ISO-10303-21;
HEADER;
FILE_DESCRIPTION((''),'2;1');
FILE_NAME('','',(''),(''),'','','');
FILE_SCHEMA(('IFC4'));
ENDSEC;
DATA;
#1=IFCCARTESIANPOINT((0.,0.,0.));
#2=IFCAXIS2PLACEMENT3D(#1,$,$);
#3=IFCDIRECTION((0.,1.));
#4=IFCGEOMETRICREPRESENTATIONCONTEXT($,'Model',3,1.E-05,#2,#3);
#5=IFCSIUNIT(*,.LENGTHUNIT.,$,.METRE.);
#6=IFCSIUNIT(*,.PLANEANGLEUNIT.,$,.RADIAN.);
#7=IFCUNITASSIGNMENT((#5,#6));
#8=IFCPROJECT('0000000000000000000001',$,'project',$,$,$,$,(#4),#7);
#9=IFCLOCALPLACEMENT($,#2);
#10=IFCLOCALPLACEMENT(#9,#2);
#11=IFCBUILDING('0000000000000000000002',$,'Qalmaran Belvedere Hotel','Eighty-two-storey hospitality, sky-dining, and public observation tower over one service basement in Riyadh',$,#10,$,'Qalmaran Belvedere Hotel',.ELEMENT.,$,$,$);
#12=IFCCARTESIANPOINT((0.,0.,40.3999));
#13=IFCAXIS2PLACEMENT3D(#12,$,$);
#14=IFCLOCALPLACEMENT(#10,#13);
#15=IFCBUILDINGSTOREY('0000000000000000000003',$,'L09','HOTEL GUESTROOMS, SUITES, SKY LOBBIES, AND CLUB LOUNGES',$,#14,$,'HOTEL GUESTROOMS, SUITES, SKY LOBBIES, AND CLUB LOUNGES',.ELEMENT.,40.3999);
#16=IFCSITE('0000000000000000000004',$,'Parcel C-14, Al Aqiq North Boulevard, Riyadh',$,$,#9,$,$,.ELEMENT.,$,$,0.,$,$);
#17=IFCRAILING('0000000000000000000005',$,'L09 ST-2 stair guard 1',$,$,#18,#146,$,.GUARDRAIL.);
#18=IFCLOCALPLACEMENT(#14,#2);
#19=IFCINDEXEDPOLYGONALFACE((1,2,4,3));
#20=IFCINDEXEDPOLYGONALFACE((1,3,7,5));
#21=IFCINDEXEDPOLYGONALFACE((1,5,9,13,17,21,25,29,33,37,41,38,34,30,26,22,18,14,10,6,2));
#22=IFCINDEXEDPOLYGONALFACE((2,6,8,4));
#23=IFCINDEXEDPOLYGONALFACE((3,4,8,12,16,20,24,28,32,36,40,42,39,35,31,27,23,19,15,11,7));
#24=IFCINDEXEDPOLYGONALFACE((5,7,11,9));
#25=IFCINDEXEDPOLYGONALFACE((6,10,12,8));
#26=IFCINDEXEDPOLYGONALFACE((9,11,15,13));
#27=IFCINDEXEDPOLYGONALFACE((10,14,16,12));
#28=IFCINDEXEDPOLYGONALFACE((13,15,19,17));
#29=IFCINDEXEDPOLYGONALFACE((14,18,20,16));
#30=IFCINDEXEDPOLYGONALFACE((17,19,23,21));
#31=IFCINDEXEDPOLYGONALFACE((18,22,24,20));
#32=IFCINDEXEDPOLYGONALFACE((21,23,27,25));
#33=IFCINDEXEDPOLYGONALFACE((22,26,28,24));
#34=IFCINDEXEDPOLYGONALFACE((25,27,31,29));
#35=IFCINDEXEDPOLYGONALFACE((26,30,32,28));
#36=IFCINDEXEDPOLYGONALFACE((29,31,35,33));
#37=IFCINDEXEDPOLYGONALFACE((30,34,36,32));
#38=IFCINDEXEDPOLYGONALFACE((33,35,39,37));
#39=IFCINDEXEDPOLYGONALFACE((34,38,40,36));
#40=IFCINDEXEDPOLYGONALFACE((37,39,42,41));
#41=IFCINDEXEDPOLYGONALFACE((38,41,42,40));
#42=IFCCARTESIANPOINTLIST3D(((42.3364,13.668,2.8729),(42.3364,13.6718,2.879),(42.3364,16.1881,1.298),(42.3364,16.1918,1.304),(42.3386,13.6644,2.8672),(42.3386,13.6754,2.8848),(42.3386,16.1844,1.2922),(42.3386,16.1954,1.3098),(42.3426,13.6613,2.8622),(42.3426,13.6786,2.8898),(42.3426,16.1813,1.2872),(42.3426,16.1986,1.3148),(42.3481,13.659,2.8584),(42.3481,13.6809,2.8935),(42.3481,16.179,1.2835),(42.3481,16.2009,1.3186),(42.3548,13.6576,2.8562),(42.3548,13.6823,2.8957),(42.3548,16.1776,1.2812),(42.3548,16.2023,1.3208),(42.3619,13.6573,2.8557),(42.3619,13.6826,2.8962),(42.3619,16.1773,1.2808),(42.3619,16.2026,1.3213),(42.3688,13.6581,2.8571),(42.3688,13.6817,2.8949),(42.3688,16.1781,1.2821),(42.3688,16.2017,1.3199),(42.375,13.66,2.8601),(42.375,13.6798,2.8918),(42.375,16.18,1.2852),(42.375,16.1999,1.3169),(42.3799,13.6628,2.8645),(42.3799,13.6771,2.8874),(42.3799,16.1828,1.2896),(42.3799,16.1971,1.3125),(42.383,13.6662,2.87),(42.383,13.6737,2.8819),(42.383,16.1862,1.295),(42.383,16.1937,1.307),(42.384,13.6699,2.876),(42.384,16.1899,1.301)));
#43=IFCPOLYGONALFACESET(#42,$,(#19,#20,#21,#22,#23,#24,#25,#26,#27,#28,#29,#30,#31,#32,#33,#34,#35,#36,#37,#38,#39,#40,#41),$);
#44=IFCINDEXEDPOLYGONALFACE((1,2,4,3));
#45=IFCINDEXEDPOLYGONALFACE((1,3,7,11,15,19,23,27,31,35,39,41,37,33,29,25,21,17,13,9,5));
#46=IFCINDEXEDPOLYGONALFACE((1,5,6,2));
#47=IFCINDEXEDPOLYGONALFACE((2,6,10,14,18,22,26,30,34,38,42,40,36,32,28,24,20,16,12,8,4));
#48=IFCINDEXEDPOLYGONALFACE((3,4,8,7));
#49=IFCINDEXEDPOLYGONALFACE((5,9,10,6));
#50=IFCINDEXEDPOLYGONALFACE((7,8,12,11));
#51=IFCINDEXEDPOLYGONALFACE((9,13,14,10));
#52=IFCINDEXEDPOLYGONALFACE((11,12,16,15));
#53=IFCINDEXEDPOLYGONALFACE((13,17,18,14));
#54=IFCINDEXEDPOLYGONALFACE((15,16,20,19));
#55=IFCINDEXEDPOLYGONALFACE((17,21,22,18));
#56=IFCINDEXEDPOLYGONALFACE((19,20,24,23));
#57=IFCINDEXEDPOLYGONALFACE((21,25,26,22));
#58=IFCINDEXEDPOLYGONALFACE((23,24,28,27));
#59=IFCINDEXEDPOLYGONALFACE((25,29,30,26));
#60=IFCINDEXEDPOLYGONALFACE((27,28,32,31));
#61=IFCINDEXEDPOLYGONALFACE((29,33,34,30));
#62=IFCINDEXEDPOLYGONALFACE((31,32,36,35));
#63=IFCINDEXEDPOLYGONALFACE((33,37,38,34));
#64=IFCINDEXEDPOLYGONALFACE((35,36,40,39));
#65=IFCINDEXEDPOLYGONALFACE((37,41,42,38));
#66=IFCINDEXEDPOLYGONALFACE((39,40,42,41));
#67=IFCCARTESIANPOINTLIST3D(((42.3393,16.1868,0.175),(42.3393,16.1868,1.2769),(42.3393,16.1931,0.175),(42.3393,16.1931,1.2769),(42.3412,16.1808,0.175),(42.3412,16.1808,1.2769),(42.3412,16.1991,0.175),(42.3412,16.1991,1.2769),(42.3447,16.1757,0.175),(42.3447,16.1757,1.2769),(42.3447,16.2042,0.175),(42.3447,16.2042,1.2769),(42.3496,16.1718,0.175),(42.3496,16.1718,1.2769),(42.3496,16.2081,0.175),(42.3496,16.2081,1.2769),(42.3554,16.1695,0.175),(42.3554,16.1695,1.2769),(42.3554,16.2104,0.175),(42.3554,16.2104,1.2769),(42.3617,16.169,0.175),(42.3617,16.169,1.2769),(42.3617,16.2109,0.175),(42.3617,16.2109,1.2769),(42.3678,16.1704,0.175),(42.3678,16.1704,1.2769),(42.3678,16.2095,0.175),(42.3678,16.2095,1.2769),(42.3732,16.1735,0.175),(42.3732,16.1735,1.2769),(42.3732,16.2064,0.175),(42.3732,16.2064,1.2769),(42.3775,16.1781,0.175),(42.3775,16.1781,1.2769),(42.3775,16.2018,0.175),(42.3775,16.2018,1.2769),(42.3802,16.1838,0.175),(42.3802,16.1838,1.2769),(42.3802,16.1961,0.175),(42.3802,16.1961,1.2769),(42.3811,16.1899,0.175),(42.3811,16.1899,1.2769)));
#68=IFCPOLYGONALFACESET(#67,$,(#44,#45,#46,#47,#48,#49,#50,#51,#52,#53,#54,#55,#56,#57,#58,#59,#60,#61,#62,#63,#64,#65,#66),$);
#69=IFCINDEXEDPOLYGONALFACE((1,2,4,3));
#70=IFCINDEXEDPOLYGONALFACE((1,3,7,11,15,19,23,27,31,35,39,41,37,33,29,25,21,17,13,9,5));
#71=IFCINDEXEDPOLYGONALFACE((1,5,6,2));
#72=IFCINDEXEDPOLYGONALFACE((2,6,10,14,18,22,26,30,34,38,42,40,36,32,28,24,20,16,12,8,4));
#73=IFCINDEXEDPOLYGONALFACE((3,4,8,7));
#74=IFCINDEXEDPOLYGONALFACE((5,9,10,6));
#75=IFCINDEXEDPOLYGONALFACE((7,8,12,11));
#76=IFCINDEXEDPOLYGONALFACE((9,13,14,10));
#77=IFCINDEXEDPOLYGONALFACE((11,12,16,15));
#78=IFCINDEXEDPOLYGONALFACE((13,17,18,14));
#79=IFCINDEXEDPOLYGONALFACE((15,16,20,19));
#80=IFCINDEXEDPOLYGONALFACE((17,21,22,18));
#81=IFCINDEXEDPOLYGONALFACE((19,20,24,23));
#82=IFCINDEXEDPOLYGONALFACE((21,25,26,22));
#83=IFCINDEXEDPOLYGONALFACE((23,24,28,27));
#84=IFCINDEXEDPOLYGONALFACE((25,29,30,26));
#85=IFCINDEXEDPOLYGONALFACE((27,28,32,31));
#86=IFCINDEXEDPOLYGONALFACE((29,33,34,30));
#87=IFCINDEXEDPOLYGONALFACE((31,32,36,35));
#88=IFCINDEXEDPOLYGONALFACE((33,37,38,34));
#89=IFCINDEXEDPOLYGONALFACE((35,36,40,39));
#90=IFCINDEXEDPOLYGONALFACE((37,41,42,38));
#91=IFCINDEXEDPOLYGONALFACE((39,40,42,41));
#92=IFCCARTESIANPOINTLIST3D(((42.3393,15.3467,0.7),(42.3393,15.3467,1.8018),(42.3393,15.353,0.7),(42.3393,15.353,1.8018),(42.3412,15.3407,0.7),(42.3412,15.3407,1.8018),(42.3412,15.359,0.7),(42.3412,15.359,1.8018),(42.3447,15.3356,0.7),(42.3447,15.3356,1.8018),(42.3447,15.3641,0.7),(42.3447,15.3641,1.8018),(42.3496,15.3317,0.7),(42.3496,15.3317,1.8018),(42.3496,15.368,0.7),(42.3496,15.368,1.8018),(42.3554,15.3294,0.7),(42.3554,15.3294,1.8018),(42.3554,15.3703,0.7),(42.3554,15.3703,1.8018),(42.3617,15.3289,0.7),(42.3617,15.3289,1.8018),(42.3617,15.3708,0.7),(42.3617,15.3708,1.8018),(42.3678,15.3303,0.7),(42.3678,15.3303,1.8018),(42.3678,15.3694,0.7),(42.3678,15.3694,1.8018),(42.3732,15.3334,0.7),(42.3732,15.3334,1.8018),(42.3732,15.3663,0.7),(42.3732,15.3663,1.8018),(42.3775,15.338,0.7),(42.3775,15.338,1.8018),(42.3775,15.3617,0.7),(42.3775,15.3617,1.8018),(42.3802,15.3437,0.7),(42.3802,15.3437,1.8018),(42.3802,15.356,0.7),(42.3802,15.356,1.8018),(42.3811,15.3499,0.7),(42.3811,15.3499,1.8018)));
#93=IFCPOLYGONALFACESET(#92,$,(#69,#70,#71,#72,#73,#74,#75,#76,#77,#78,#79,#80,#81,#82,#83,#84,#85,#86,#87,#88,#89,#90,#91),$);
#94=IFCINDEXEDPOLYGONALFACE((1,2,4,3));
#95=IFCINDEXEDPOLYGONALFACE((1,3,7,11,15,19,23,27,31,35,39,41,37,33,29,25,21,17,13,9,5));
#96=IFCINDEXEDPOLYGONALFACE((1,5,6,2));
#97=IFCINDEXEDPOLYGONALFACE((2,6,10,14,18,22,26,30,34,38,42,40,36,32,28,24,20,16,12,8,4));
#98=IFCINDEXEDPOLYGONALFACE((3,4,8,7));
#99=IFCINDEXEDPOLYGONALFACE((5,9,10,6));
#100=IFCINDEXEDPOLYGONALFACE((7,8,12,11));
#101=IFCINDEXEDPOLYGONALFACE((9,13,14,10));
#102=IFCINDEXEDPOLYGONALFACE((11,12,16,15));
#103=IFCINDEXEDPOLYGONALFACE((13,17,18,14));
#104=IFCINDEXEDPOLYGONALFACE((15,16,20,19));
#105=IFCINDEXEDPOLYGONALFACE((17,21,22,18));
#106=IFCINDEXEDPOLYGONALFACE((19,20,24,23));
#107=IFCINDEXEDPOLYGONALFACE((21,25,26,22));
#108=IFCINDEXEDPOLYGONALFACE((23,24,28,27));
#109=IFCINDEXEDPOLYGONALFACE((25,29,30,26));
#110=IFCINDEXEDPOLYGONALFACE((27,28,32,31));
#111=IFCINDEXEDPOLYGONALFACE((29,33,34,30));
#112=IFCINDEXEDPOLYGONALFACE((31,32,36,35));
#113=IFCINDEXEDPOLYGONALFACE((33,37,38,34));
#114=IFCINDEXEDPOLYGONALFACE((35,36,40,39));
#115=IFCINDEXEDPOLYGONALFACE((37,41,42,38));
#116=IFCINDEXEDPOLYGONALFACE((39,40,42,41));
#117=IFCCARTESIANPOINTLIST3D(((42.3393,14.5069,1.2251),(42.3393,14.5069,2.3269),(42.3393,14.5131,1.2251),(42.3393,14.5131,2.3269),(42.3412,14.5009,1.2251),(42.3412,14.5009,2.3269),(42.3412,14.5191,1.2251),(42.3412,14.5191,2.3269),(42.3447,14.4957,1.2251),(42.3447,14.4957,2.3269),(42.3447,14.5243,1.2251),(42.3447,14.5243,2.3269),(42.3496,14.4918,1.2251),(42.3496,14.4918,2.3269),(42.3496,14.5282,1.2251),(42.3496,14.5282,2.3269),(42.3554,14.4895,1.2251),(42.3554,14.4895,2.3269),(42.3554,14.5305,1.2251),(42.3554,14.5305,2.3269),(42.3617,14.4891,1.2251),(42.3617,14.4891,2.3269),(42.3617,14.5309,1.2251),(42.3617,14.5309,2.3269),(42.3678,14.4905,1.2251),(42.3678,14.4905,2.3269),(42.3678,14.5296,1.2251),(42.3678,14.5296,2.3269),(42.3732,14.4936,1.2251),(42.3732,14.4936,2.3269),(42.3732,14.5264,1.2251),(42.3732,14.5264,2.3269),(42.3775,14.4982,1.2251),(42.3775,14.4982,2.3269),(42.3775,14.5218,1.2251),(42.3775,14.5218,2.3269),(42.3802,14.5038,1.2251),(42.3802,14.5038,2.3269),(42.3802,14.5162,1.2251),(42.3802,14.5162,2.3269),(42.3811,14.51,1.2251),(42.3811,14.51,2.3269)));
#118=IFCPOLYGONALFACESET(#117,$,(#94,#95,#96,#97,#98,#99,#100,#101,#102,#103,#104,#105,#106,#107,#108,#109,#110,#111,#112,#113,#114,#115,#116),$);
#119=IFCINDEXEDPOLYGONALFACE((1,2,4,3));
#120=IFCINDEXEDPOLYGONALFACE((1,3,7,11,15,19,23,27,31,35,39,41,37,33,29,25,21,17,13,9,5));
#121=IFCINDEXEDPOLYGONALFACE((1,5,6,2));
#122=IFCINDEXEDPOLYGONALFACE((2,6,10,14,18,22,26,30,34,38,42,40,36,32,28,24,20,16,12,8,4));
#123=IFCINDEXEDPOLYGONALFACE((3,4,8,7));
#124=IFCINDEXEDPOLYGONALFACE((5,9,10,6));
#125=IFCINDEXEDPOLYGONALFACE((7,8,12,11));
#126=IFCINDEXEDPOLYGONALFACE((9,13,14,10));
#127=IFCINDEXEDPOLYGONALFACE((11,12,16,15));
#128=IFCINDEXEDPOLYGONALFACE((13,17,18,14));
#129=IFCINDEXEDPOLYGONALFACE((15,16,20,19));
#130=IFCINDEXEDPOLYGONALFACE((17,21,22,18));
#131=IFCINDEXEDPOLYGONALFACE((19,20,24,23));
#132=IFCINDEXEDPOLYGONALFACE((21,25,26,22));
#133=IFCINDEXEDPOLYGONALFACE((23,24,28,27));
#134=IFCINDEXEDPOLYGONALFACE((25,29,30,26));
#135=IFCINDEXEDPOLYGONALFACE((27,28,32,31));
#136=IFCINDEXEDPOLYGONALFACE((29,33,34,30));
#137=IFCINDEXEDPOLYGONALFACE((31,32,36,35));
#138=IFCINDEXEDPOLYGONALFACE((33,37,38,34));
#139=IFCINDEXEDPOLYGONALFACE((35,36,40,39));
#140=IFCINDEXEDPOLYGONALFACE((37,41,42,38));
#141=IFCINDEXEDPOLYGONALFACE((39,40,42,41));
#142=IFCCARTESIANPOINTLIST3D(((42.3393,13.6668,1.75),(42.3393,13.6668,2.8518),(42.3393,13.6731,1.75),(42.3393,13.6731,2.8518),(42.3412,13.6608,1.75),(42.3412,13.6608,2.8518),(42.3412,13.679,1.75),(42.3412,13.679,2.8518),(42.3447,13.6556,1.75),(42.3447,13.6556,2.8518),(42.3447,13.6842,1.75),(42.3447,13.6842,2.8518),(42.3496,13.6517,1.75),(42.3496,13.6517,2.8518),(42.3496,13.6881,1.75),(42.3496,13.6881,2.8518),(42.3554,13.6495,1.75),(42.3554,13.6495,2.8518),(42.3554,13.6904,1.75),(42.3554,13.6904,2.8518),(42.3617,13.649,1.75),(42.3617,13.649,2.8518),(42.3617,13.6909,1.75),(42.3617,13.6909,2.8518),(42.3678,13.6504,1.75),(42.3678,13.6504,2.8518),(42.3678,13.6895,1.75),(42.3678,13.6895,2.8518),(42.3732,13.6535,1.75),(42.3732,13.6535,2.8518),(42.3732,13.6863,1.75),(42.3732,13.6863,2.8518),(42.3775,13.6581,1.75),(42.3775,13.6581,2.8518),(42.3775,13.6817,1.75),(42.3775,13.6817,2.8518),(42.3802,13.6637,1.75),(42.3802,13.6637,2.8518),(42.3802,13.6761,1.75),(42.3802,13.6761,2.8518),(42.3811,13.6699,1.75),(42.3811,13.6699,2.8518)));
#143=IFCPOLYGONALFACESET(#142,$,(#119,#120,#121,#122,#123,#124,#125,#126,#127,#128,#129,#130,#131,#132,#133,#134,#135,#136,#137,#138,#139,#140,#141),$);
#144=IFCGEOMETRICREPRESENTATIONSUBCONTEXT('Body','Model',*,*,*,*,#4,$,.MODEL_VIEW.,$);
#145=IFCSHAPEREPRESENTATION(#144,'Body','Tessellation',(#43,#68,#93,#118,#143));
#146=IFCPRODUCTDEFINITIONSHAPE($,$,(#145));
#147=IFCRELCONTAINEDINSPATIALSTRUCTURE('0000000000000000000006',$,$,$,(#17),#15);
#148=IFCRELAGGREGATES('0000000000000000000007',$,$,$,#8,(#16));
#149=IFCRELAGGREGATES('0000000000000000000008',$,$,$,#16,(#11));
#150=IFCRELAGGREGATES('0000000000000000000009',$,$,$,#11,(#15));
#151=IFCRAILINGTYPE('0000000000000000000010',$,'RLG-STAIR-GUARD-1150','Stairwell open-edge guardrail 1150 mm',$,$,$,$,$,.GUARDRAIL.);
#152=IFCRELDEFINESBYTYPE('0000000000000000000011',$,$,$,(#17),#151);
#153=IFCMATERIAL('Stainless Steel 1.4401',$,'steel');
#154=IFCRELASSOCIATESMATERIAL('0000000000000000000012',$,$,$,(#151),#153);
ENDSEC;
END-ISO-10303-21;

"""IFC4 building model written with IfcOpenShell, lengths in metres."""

from ifc_helpers import new_model, si_unit, direction, frame, origin, origin_2d, place, context, subcontext, project, spatial, circle, extrude, material, type_object, element, save


model = new_model("IFC4")

# Units and contexts
model_context = context("Model", 3, precision=1e-05, world=origin(), true_north=direction((0.0, 1.0)))
body_context = subcontext(model_context, "Body", "Model", "MODEL_VIEW")
ifc_project = project(units=[si_unit("LENGTHUNIT", "METRE"), si_unit("PLANEANGLEUNIT", "RADIAN")], contexts=[model_context])

# Site, building, storey
site_placement = place(None, origin())
site = spatial("IfcSite", under=ifc_project, at=site_placement, Name="Parcel C-14, Al Aqiq North Boulevard, Riyadh", CompositionType="ELEMENT", RefElevation=0.0)
building_placement = place(site_placement, origin())
building = spatial("IfcBuilding", under=site, at=building_placement, Name="Qalmaran Belvedere Hotel", Description="Eighty-two-storey hospitality, sky-dining, and public observation tower over one service basement in Riyadh", LongName="Qalmaran Belvedere Hotel", CompositionType="ELEMENT")
storey_placement = place(building_placement, frame((0.0, 0.0, 40.3999)))
storey = spatial("IfcBuildingStorey", under=building, at=storey_placement, Name="L09", Description="HOTEL GUESTROOMS, SUITES, SKY LOBBIES, AND CLUB LOUNGES", LongName="HOTEL GUESTROOMS, SUITES, SKY LOBBIES, AND CLUB LOUNGES", CompositionType="ELEMENT", Elevation=40.3999)

# Shared definitions
ifc_material_1 = material(Name="Stainless Steel 1.4401", Category="steel")

# Railing
railing_type_1 = type_object("IfcRailingType", Name="RLG-STAIR-GUARD-1150", Description="Stairwell open-edge guardrail 1150 mm", PredefinedType="GUARDRAIL", material=ifc_material_1)
railing_1_placement = place(storey_placement, frame((42.3601, 16.1899, 0.175)))
element("IfcRailing", 1, at=railing_1_placement, inside=storey, type_object=railing_type_1, Name="L09 ST-2 stair guard 1", PredefinedType="GUARDRAIL", context=body_context, shape_type="SweptSolid", body=[
    extrude(circle(Radius=0.0239, at=origin_2d()), frame((0.0, 0.0, 1.126), z_axis=(0.0, -0.848008, 0.529984), x_axis=(1.0, 0.0, 0.0)), (0.0, 0.0, 1.0), 2.9717),
    extrude(circle(Radius=0.021, at=origin_2d()), origin(), (0.0, 0.0, 1.0), 1.1018),
    extrude(circle(Radius=0.021, at=origin_2d()), frame((0.0, -0.8401, 0.5249)), (0.0, 0.0, 1.0), 1.1018),
    extrude(circle(Radius=0.021, at=origin_2d()), frame((0.0, -1.6799, 1.05)), (0.0, 0.0, 1.0), 1.1018),
    extrude(circle(Radius=0.021, at=origin_2d()), frame((0.0, -2.52, 1.575)), (0.0, 0.0, 1.0), 1.1018),
])

save(model, "model.ifc")
